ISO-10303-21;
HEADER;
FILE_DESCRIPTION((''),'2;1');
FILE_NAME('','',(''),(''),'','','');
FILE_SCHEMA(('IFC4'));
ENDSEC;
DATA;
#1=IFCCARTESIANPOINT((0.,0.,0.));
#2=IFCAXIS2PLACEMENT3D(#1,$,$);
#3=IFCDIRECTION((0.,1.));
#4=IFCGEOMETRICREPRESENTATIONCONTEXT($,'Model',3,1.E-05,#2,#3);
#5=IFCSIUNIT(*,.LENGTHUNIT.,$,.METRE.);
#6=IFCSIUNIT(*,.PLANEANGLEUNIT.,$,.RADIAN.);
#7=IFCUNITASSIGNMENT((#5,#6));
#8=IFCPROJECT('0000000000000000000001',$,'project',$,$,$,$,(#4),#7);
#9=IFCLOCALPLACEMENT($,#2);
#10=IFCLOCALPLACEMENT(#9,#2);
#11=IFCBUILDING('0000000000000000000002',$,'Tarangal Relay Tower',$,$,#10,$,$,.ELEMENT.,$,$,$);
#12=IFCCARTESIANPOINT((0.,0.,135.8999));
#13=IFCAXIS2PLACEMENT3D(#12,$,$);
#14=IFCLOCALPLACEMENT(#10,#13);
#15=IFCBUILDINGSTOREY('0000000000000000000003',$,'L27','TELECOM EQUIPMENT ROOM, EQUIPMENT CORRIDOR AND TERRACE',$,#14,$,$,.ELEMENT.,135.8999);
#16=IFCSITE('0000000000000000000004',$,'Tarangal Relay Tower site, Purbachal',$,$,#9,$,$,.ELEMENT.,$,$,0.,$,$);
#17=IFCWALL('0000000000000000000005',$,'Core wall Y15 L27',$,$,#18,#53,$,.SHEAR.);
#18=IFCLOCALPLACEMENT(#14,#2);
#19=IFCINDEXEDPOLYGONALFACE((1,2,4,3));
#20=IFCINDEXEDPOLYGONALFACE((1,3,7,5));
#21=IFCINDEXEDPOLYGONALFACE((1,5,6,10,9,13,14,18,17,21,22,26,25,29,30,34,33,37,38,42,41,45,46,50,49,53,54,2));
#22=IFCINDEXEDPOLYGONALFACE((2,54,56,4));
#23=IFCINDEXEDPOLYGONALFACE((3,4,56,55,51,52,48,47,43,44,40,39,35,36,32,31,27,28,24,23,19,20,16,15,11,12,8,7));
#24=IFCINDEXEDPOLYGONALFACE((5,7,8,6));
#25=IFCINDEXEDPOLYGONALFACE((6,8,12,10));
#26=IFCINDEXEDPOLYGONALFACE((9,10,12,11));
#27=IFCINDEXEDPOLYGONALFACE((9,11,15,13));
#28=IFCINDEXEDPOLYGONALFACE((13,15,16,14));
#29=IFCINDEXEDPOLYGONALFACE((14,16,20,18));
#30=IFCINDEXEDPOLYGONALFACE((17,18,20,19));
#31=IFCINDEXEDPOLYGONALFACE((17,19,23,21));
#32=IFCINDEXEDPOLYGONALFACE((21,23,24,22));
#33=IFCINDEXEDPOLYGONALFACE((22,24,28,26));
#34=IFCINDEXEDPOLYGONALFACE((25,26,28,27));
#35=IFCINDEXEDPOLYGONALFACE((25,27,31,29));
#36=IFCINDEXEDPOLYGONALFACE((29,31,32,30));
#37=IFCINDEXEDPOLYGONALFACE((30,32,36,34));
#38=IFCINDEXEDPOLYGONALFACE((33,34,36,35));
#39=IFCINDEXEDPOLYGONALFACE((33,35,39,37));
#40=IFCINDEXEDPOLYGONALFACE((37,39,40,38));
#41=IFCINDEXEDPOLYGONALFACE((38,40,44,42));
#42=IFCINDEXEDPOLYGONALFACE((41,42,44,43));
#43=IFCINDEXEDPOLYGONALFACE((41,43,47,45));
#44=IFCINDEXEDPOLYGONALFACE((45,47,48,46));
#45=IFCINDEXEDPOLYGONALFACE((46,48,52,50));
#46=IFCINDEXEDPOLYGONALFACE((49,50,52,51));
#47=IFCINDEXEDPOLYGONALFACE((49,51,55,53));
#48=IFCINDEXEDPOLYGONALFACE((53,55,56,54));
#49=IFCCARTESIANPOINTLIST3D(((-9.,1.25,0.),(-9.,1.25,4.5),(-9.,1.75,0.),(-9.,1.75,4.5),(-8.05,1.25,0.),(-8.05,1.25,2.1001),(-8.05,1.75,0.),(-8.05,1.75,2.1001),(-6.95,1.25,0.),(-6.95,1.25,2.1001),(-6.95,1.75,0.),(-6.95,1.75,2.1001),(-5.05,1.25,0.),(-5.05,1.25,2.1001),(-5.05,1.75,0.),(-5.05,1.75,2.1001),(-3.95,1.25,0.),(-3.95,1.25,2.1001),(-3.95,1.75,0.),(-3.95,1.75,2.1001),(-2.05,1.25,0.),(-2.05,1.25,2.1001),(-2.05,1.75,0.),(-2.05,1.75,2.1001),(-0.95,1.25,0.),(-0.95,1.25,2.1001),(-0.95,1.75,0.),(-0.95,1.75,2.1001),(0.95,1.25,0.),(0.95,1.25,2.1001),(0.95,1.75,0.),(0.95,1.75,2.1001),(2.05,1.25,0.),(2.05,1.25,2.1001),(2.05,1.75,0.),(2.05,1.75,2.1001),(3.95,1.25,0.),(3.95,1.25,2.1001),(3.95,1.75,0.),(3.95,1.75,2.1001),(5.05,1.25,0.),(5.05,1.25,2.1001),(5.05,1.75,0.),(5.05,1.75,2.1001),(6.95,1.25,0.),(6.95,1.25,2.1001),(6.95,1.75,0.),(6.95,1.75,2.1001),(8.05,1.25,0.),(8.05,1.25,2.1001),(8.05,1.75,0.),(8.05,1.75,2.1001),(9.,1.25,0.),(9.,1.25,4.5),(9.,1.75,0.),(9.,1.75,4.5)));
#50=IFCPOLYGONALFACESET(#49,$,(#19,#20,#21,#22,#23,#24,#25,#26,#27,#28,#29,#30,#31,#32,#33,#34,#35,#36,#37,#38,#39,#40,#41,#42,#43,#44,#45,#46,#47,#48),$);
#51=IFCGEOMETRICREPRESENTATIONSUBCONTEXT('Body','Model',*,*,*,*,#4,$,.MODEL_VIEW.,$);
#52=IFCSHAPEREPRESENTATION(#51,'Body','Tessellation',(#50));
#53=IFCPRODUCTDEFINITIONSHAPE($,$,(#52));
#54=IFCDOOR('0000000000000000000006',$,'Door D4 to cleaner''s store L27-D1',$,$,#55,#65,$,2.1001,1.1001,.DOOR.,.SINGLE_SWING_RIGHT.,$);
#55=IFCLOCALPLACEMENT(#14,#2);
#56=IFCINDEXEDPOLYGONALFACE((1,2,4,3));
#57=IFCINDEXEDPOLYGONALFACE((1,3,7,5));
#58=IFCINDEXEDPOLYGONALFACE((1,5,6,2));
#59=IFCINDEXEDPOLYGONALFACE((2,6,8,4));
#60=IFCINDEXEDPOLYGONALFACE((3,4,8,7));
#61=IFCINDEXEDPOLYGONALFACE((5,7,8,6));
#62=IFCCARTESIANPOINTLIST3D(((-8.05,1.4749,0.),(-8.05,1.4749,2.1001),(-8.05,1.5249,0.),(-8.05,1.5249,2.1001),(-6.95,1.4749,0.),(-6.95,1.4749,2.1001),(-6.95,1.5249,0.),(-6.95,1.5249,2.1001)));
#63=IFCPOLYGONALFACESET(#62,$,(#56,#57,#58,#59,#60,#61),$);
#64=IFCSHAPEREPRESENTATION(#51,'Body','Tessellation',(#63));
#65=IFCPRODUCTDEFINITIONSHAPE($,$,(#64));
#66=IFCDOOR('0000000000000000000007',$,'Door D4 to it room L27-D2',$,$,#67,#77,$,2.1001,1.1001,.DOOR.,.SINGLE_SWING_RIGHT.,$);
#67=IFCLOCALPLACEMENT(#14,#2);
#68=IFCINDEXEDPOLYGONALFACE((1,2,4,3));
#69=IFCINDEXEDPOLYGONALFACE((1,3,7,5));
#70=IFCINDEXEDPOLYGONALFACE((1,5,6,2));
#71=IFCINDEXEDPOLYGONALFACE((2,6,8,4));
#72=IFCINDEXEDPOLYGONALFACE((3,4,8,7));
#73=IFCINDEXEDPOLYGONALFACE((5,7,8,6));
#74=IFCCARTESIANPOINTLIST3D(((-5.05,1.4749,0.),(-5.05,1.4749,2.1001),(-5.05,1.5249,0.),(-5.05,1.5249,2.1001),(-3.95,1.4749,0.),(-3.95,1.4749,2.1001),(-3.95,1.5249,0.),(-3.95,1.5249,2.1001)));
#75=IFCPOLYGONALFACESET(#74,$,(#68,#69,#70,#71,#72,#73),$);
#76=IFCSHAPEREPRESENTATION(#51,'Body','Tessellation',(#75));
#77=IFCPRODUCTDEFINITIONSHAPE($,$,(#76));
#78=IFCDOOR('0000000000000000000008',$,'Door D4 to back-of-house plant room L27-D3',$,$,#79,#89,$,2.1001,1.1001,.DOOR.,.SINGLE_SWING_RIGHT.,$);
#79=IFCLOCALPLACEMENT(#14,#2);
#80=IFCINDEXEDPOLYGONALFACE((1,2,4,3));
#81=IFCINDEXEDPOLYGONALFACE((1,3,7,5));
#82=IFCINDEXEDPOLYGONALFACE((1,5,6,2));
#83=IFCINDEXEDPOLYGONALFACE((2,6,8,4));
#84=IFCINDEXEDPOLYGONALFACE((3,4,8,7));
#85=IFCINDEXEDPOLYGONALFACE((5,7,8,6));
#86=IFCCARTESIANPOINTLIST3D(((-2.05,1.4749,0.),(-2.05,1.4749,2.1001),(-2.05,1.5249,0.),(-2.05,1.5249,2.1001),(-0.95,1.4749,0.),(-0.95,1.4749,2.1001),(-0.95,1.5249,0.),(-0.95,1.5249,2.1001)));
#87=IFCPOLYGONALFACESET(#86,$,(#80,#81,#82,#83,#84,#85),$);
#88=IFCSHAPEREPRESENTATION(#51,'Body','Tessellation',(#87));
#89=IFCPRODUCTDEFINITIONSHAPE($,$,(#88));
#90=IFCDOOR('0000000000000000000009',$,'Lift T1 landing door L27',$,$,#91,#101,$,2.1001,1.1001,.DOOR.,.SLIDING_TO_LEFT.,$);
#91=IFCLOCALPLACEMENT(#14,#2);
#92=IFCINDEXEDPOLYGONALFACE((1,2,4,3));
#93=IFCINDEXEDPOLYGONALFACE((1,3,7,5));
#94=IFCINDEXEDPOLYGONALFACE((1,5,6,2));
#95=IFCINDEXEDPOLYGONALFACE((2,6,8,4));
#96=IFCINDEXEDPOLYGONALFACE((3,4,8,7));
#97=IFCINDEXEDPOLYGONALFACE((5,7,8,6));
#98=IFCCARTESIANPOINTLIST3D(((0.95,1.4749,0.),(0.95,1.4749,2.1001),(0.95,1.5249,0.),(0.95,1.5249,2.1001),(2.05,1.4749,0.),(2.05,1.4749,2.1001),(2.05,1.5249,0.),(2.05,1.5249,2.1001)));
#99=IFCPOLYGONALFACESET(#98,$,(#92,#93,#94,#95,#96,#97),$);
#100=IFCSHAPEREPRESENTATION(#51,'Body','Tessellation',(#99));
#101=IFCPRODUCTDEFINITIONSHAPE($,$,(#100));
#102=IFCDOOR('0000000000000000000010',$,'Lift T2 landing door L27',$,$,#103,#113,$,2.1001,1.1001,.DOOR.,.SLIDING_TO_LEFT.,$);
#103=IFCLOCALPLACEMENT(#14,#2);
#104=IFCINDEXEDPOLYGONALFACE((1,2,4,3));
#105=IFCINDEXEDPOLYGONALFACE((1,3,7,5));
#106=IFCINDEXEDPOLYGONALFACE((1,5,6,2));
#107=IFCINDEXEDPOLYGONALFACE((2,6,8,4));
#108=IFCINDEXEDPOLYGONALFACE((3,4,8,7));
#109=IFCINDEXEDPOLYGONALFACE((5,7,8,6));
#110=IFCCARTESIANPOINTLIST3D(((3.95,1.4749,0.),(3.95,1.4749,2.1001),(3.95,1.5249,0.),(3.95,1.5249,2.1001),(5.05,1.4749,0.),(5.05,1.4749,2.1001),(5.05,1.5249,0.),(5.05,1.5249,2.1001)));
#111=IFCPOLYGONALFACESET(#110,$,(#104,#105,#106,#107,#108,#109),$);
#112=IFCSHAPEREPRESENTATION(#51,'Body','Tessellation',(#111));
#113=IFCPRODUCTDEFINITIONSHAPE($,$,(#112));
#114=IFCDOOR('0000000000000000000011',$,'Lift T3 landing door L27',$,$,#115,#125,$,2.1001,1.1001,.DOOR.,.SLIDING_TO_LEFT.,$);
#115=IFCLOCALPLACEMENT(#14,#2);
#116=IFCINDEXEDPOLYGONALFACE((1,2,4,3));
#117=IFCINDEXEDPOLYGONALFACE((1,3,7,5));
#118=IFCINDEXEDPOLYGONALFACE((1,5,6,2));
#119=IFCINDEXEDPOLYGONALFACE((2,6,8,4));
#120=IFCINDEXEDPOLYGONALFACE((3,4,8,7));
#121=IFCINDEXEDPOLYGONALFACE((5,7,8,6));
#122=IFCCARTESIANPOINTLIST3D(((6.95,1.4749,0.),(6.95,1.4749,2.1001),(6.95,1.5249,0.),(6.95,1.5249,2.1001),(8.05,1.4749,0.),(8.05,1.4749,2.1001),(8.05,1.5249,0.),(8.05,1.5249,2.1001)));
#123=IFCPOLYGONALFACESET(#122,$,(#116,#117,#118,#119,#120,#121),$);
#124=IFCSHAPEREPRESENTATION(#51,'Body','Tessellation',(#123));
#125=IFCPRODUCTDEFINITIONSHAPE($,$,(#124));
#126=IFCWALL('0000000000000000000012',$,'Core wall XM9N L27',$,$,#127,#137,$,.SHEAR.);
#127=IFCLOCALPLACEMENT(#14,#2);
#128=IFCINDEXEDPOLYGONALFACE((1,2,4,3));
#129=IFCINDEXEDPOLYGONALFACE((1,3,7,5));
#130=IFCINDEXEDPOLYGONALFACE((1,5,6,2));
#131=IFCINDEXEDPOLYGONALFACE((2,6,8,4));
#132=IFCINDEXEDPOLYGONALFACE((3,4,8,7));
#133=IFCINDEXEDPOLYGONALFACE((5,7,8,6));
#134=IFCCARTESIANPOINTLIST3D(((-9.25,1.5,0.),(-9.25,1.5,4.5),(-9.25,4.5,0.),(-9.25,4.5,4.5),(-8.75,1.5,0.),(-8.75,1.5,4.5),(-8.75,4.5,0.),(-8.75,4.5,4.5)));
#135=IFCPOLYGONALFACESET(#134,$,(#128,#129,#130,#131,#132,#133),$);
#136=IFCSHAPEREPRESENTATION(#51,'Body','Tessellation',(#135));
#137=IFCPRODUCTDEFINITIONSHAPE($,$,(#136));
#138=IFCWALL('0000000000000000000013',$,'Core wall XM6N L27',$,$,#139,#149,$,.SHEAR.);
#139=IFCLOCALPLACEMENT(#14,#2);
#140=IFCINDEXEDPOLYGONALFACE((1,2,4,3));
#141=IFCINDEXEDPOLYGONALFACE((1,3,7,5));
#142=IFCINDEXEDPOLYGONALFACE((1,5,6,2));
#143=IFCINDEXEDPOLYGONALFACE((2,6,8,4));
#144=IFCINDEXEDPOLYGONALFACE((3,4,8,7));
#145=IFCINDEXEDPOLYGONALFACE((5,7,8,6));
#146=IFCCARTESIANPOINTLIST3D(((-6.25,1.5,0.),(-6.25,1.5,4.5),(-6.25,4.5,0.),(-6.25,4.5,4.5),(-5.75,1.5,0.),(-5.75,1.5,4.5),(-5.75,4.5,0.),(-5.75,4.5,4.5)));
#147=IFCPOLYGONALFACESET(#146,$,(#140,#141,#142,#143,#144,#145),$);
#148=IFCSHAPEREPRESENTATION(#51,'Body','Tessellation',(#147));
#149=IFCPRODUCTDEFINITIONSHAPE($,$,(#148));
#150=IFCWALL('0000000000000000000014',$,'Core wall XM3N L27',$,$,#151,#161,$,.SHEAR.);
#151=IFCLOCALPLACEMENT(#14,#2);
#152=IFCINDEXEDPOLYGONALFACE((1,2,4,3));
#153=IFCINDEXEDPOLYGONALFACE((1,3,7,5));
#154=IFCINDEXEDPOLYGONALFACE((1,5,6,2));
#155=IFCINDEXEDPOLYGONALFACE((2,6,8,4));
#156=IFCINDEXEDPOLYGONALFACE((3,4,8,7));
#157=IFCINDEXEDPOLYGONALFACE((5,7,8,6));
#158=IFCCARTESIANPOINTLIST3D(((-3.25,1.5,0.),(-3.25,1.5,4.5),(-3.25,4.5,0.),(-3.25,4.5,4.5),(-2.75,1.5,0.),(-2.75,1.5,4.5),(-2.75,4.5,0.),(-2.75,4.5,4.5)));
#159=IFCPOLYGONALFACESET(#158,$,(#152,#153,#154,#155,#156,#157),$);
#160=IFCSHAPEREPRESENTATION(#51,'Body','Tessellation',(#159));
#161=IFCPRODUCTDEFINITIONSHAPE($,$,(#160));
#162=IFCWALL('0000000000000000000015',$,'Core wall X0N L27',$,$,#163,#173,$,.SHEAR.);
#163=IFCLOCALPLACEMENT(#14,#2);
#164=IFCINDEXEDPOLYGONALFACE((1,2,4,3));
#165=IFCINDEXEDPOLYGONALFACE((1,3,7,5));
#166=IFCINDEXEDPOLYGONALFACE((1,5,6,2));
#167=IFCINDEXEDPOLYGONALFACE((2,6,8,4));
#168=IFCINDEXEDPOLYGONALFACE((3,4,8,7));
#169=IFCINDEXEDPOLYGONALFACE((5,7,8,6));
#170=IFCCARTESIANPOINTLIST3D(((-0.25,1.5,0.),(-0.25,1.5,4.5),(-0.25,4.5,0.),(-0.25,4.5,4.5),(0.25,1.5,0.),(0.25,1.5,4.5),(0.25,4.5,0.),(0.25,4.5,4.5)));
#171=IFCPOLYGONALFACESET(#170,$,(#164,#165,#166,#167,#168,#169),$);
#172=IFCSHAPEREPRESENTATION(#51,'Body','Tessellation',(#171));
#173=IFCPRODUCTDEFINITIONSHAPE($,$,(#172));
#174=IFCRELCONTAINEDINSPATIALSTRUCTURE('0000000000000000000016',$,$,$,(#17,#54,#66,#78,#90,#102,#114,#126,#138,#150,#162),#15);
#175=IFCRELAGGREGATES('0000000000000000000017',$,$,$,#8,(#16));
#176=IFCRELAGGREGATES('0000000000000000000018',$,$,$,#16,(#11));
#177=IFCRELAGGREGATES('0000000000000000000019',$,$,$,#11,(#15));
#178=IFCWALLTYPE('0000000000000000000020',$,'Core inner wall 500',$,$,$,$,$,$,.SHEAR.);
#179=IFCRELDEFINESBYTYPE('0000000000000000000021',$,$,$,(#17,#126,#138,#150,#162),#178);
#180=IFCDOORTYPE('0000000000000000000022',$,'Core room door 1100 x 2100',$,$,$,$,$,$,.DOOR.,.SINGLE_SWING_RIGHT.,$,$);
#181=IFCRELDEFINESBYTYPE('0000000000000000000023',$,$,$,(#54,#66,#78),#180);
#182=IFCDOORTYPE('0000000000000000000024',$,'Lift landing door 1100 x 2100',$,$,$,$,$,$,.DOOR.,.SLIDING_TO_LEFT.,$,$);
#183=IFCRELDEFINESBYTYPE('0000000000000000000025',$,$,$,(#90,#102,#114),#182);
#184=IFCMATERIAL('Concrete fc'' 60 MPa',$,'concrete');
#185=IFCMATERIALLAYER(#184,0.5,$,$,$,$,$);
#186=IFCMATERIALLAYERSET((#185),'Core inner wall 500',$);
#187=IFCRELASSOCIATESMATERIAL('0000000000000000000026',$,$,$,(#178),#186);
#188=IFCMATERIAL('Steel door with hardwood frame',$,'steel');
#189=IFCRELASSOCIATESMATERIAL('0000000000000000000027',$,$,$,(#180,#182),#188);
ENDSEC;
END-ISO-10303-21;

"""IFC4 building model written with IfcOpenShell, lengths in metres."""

from ifc_helpers import new_model, si_unit, direction, frame, frame_2d, origin, place, context, subcontext, project, spatial, rectangle, extrude, material, layer, layer_set, type_object, element, fill, save


model = new_model("IFC4")

# Units and contexts
model_context = context("Model", 3, precision=1e-05, world=origin(), true_north=direction((0.0, 1.0)))
body_context = subcontext(model_context, "Body", "Model", "MODEL_VIEW")
ifc_project = project(units=[si_unit("LENGTHUNIT", "METRE"), si_unit("PLANEANGLEUNIT", "RADIAN")], contexts=[model_context])

# Site, building, storey
site_placement = place(None, origin())
site = spatial("IfcSite", under=ifc_project, at=site_placement, Name="Tarangal Relay Tower site, Purbachal", CompositionType="ELEMENT", RefElevation=0.0)
building_placement = place(site_placement, origin())
building = spatial("IfcBuilding", under=site, at=building_placement, Name="Tarangal Relay Tower", CompositionType="ELEMENT")
storey_placement = place(building_placement, frame((0.0, 0.0, 135.8999)))
storey = spatial("IfcBuildingStorey", under=building, at=storey_placement, Name="L27", Description="TELECOM EQUIPMENT ROOM, EQUIPMENT CORRIDOR AND TERRACE", CompositionType="ELEMENT", Elevation=135.8999)

# Wall, openings, doors
ifc_material_1 = material(Name="Concrete fc' 60 MPa", Category="concrete")
ifc_layer_1 = layer(ifc_material_1, 0.5)
ifc_layer_set_1 = layer_set([ifc_layer_1], Name="Core inner wall 500")
wall_type = type_object("IfcWallType", Name="Core inner wall 500", PredefinedType="SHEAR", material=ifc_layer_set_1)
wall_1_placement = place(storey_placement, frame((-9.0, 1.5, 0.0), z_axis=(0.0, 0.0, 1.0), x_axis=(1.0, 0.0, 0.0)))
wall_1 = element("IfcWall", 1, at=wall_1_placement, inside=storey, type_object=wall_type, Name="Core wall Y15 L27", PredefinedType="SHEAR", context=body_context, shape_type="SweptSolid", body=[
    extrude(rectangle(XDim=18.0, YDim=0.5, at=frame_2d((9.0, 0.0))), origin(), (0.0, 0.0, 1.0), 4.5),
])
opening_1_placement = place(wall_1_placement, frame((9.95, 0.0, 0.0)))
opening_1 = element("IfcOpeningElement", 2, at=opening_1_placement, cuts=wall_1, PredefinedType="OPENING", context=body_context, shape_type="SweptSolid", body=[
    extrude(rectangle(XDim=1.1001, YDim=2.1001, at=frame_2d((0.55, 1.05))), frame((0.0, 0.26, 0.0), z_axis=(0.0, -1.0, 0.0), x_axis=(1.0, 0.0, 0.0)), (0.0, 0.0, 1.0), 0.52),
])
opening_2_placement = place(wall_1_placement, frame((12.95, 0.0, 0.0)))
opening_2 = element("IfcOpeningElement", 3, at=opening_2_placement, cuts=wall_1, PredefinedType="OPENING", context=body_context, shape_type="SweptSolid", body=[
    extrude(rectangle(XDim=1.1001, YDim=2.1001, at=frame_2d((0.55, 1.05))), frame((0.0, 0.26, 0.0), z_axis=(0.0, -1.0, 0.0), x_axis=(1.0, 0.0, 0.0)), (0.0, 0.0, 1.0), 0.52),
])
opening_3_placement = place(wall_1_placement, frame((15.95, 0.0, 0.0)))
opening_3 = element("IfcOpeningElement", 4, at=opening_3_placement, cuts=wall_1, PredefinedType="OPENING", context=body_context, shape_type="SweptSolid", body=[
    extrude(rectangle(XDim=1.1001, YDim=2.1001, at=frame_2d((0.55, 1.05))), frame((0.0, 0.26, 0.0), z_axis=(0.0, -1.0, 0.0), x_axis=(1.0, 0.0, 0.0)), (0.0, 0.0, 1.0), 0.52),
])
opening_4_placement = place(wall_1_placement, frame((0.95, 0.0, 0.0)))
opening_4 = element("IfcOpeningElement", 5, at=opening_4_placement, cuts=wall_1, PredefinedType="OPENING", context=body_context, shape_type="SweptSolid", body=[
    extrude(rectangle(XDim=1.1001, YDim=2.1001, at=frame_2d((0.55, 1.05))), frame((0.0, 0.26, 0.0), z_axis=(0.0, -1.0, 0.0), x_axis=(1.0, 0.0, 0.0)), (0.0, 0.0, 1.0), 0.52),
])
opening_5_placement = place(wall_1_placement, frame((3.95, 0.0, 0.0)))
opening_5 = element("IfcOpeningElement", 6, at=opening_5_placement, cuts=wall_1, PredefinedType="OPENING", context=body_context, shape_type="SweptSolid", body=[
    extrude(rectangle(XDim=1.1001, YDim=2.1001, at=frame_2d((0.55, 1.05))), frame((0.0, 0.26, 0.0), z_axis=(0.0, -1.0, 0.0), x_axis=(1.0, 0.0, 0.0)), (0.0, 0.0, 1.0), 0.52),
])
opening_6_placement = place(wall_1_placement, frame((6.95, 0.0, 0.0)))
opening_6 = element("IfcOpeningElement", 7, at=opening_6_placement, cuts=wall_1, PredefinedType="OPENING", context=body_context, shape_type="SweptSolid", body=[
    extrude(rectangle(XDim=1.1001, YDim=2.1001, at=frame_2d((0.55, 1.05))), frame((0.0, 0.26, 0.0), z_axis=(0.0, -1.0, 0.0), x_axis=(1.0, 0.0, 0.0)), (0.0, 0.0, 1.0), 0.52),
])
ifc_material_2 = material(Name="Steel door with hardwood frame", Category="steel")
door_type_1 = type_object("IfcDoorType", Name="Core room door 1100 x 2100", OperationType="SINGLE_SWING_RIGHT", PredefinedType="DOOR", material=ifc_material_2)
door_1_placement = place(opening_4_placement, origin())
door_1 = element("IfcDoor", 8, at=door_1_placement, inside=storey, type_object=door_type_1, Name="Door D4 to cleaner's store L27-D1", OperationType="SINGLE_SWING_RIGHT", OverallHeight=2.1001, OverallWidth=1.1001, PredefinedType="DOOR", context=body_context, shape_type="SweptSolid", body=[
    extrude(rectangle(XDim=1.1001, YDim=2.1001, at=frame_2d((0.55, 1.05))), frame((0.0, 0.0249, 0.0), z_axis=(0.0, -1.0, 0.0), x_axis=(1.0, 0.0, 0.0)), (0.0, 0.0, 1.0), 0.05),
])
fill(opening_4, door_1)
door_2_placement = place(opening_5_placement, origin())
door_2 = element("IfcDoor", 9, at=door_2_placement, inside=storey, type_object=door_type_1, Name="Door D4 to it room L27-D2", OperationType="SINGLE_SWING_RIGHT", OverallHeight=2.1001, OverallWidth=1.1001, PredefinedType="DOOR", context=body_context, shape_type="SweptSolid", body=[
    extrude(rectangle(XDim=1.1001, YDim=2.1001, at=frame_2d((0.55, 1.05))), frame((0.0, 0.0249, 0.0), z_axis=(0.0, -1.0, 0.0), x_axis=(1.0, 0.0, 0.0)), (0.0, 0.0, 1.0), 0.05),
])
fill(opening_5, door_2)
door_3_placement = place(opening_6_placement, origin())
door_3 = element("IfcDoor", 10, at=door_3_placement, inside=storey, type_object=door_type_1, Name="Door D4 to back-of-house plant room L27-D3", OperationType="SINGLE_SWING_RIGHT", OverallHeight=2.1001, OverallWidth=1.1001, PredefinedType="DOOR", context=body_context, shape_type="SweptSolid", body=[
    extrude(rectangle(XDim=1.1001, YDim=2.1001, at=frame_2d((0.55, 1.05))), frame((0.0, 0.0249, 0.0), z_axis=(0.0, -1.0, 0.0), x_axis=(1.0, 0.0, 0.0)), (0.0, 0.0, 1.0), 0.05),
])
fill(opening_6, door_3)
door_type_2 = type_object("IfcDoorType", Name="Lift landing door 1100 x 2100", OperationType="SLIDING_TO_LEFT", PredefinedType="DOOR", material=ifc_material_2)
door_4_placement = place(opening_1_placement, origin())
door_4 = element("IfcDoor", 11, at=door_4_placement, inside=storey, type_object=door_type_2, Name="Lift T1 landing door L27", OperationType="SLIDING_TO_LEFT", OverallHeight=2.1001, OverallWidth=1.1001, PredefinedType="DOOR", context=body_context, shape_type="SweptSolid", body=[
    extrude(rectangle(XDim=1.1001, YDim=2.1001, at=frame_2d((0.55, 1.05))), frame((0.0, 0.0249, 0.0), z_axis=(0.0, -1.0, 0.0), x_axis=(1.0, 0.0, 0.0)), (0.0, 0.0, 1.0), 0.05),
])
fill(opening_1, door_4)
door_5_placement = place(opening_2_placement, origin())
door_5 = element("IfcDoor", 12, at=door_5_placement, inside=storey, type_object=door_type_2, Name="Lift T2 landing door L27", OperationType="SLIDING_TO_LEFT", OverallHeight=2.1001, OverallWidth=1.1001, PredefinedType="DOOR", context=body_context, shape_type="SweptSolid", body=[
    extrude(rectangle(XDim=1.1001, YDim=2.1001, at=frame_2d((0.55, 1.05))), frame((0.0, 0.0249, 0.0), z_axis=(0.0, -1.0, 0.0), x_axis=(1.0, 0.0, 0.0)), (0.0, 0.0, 1.0), 0.05),
])
fill(opening_2, door_5)
door_6_placement = place(opening_3_placement, origin())
door_6 = element("IfcDoor", 13, at=door_6_placement, inside=storey, type_object=door_type_2, Name="Lift T3 landing door L27", OperationType="SLIDING_TO_LEFT", OverallHeight=2.1001, OverallWidth=1.1001, PredefinedType="DOOR", context=body_context, shape_type="SweptSolid", body=[
    extrude(rectangle(XDim=1.1001, YDim=2.1001, at=frame_2d((0.55, 1.05))), frame((0.0, 0.0249, 0.0), z_axis=(0.0, -1.0, 0.0), x_axis=(1.0, 0.0, 0.0)), (0.0, 0.0, 1.0), 0.05),
])
fill(opening_3, door_6)

# Walls
for number, where, z_axis, x_axis, name in (
    (14, (-9.0, 1.5, 0.0), (0.0, 0.0, 1.0), (0.0, 1.0, 0.0), "Core wall XM9N L27"),
    (15, (-6.0, 1.5, 0.0), (0.0, 0.0, 1.0), (0.0, 1.0, 0.0), "Core wall XM6N L27"),
    (16, (-3.0, 1.5, 0.0), (0.0, 0.0, 1.0), (0.0, 1.0, 0.0), "Core wall XM3N L27"),
    (17, (0.0, 1.5, 0.0), (0.0, 0.0, 1.0), (0.0, 1.0, 0.0), "Core wall X0N L27"),
):
    element("IfcWall", number, at=place(storey_placement, frame(where, z_axis=z_axis, x_axis=x_axis)), inside=storey, type_object=wall_type, Name=name, PredefinedType="SHEAR", context=body_context, shape_type="SweptSolid", body=[
        extrude(rectangle(XDim=3.0, YDim=0.5, at=frame_2d((1.5, 0.0))), origin(), (0.0, 0.0, 1.0), 4.5),
    ])

save(model, "model.ifc")
